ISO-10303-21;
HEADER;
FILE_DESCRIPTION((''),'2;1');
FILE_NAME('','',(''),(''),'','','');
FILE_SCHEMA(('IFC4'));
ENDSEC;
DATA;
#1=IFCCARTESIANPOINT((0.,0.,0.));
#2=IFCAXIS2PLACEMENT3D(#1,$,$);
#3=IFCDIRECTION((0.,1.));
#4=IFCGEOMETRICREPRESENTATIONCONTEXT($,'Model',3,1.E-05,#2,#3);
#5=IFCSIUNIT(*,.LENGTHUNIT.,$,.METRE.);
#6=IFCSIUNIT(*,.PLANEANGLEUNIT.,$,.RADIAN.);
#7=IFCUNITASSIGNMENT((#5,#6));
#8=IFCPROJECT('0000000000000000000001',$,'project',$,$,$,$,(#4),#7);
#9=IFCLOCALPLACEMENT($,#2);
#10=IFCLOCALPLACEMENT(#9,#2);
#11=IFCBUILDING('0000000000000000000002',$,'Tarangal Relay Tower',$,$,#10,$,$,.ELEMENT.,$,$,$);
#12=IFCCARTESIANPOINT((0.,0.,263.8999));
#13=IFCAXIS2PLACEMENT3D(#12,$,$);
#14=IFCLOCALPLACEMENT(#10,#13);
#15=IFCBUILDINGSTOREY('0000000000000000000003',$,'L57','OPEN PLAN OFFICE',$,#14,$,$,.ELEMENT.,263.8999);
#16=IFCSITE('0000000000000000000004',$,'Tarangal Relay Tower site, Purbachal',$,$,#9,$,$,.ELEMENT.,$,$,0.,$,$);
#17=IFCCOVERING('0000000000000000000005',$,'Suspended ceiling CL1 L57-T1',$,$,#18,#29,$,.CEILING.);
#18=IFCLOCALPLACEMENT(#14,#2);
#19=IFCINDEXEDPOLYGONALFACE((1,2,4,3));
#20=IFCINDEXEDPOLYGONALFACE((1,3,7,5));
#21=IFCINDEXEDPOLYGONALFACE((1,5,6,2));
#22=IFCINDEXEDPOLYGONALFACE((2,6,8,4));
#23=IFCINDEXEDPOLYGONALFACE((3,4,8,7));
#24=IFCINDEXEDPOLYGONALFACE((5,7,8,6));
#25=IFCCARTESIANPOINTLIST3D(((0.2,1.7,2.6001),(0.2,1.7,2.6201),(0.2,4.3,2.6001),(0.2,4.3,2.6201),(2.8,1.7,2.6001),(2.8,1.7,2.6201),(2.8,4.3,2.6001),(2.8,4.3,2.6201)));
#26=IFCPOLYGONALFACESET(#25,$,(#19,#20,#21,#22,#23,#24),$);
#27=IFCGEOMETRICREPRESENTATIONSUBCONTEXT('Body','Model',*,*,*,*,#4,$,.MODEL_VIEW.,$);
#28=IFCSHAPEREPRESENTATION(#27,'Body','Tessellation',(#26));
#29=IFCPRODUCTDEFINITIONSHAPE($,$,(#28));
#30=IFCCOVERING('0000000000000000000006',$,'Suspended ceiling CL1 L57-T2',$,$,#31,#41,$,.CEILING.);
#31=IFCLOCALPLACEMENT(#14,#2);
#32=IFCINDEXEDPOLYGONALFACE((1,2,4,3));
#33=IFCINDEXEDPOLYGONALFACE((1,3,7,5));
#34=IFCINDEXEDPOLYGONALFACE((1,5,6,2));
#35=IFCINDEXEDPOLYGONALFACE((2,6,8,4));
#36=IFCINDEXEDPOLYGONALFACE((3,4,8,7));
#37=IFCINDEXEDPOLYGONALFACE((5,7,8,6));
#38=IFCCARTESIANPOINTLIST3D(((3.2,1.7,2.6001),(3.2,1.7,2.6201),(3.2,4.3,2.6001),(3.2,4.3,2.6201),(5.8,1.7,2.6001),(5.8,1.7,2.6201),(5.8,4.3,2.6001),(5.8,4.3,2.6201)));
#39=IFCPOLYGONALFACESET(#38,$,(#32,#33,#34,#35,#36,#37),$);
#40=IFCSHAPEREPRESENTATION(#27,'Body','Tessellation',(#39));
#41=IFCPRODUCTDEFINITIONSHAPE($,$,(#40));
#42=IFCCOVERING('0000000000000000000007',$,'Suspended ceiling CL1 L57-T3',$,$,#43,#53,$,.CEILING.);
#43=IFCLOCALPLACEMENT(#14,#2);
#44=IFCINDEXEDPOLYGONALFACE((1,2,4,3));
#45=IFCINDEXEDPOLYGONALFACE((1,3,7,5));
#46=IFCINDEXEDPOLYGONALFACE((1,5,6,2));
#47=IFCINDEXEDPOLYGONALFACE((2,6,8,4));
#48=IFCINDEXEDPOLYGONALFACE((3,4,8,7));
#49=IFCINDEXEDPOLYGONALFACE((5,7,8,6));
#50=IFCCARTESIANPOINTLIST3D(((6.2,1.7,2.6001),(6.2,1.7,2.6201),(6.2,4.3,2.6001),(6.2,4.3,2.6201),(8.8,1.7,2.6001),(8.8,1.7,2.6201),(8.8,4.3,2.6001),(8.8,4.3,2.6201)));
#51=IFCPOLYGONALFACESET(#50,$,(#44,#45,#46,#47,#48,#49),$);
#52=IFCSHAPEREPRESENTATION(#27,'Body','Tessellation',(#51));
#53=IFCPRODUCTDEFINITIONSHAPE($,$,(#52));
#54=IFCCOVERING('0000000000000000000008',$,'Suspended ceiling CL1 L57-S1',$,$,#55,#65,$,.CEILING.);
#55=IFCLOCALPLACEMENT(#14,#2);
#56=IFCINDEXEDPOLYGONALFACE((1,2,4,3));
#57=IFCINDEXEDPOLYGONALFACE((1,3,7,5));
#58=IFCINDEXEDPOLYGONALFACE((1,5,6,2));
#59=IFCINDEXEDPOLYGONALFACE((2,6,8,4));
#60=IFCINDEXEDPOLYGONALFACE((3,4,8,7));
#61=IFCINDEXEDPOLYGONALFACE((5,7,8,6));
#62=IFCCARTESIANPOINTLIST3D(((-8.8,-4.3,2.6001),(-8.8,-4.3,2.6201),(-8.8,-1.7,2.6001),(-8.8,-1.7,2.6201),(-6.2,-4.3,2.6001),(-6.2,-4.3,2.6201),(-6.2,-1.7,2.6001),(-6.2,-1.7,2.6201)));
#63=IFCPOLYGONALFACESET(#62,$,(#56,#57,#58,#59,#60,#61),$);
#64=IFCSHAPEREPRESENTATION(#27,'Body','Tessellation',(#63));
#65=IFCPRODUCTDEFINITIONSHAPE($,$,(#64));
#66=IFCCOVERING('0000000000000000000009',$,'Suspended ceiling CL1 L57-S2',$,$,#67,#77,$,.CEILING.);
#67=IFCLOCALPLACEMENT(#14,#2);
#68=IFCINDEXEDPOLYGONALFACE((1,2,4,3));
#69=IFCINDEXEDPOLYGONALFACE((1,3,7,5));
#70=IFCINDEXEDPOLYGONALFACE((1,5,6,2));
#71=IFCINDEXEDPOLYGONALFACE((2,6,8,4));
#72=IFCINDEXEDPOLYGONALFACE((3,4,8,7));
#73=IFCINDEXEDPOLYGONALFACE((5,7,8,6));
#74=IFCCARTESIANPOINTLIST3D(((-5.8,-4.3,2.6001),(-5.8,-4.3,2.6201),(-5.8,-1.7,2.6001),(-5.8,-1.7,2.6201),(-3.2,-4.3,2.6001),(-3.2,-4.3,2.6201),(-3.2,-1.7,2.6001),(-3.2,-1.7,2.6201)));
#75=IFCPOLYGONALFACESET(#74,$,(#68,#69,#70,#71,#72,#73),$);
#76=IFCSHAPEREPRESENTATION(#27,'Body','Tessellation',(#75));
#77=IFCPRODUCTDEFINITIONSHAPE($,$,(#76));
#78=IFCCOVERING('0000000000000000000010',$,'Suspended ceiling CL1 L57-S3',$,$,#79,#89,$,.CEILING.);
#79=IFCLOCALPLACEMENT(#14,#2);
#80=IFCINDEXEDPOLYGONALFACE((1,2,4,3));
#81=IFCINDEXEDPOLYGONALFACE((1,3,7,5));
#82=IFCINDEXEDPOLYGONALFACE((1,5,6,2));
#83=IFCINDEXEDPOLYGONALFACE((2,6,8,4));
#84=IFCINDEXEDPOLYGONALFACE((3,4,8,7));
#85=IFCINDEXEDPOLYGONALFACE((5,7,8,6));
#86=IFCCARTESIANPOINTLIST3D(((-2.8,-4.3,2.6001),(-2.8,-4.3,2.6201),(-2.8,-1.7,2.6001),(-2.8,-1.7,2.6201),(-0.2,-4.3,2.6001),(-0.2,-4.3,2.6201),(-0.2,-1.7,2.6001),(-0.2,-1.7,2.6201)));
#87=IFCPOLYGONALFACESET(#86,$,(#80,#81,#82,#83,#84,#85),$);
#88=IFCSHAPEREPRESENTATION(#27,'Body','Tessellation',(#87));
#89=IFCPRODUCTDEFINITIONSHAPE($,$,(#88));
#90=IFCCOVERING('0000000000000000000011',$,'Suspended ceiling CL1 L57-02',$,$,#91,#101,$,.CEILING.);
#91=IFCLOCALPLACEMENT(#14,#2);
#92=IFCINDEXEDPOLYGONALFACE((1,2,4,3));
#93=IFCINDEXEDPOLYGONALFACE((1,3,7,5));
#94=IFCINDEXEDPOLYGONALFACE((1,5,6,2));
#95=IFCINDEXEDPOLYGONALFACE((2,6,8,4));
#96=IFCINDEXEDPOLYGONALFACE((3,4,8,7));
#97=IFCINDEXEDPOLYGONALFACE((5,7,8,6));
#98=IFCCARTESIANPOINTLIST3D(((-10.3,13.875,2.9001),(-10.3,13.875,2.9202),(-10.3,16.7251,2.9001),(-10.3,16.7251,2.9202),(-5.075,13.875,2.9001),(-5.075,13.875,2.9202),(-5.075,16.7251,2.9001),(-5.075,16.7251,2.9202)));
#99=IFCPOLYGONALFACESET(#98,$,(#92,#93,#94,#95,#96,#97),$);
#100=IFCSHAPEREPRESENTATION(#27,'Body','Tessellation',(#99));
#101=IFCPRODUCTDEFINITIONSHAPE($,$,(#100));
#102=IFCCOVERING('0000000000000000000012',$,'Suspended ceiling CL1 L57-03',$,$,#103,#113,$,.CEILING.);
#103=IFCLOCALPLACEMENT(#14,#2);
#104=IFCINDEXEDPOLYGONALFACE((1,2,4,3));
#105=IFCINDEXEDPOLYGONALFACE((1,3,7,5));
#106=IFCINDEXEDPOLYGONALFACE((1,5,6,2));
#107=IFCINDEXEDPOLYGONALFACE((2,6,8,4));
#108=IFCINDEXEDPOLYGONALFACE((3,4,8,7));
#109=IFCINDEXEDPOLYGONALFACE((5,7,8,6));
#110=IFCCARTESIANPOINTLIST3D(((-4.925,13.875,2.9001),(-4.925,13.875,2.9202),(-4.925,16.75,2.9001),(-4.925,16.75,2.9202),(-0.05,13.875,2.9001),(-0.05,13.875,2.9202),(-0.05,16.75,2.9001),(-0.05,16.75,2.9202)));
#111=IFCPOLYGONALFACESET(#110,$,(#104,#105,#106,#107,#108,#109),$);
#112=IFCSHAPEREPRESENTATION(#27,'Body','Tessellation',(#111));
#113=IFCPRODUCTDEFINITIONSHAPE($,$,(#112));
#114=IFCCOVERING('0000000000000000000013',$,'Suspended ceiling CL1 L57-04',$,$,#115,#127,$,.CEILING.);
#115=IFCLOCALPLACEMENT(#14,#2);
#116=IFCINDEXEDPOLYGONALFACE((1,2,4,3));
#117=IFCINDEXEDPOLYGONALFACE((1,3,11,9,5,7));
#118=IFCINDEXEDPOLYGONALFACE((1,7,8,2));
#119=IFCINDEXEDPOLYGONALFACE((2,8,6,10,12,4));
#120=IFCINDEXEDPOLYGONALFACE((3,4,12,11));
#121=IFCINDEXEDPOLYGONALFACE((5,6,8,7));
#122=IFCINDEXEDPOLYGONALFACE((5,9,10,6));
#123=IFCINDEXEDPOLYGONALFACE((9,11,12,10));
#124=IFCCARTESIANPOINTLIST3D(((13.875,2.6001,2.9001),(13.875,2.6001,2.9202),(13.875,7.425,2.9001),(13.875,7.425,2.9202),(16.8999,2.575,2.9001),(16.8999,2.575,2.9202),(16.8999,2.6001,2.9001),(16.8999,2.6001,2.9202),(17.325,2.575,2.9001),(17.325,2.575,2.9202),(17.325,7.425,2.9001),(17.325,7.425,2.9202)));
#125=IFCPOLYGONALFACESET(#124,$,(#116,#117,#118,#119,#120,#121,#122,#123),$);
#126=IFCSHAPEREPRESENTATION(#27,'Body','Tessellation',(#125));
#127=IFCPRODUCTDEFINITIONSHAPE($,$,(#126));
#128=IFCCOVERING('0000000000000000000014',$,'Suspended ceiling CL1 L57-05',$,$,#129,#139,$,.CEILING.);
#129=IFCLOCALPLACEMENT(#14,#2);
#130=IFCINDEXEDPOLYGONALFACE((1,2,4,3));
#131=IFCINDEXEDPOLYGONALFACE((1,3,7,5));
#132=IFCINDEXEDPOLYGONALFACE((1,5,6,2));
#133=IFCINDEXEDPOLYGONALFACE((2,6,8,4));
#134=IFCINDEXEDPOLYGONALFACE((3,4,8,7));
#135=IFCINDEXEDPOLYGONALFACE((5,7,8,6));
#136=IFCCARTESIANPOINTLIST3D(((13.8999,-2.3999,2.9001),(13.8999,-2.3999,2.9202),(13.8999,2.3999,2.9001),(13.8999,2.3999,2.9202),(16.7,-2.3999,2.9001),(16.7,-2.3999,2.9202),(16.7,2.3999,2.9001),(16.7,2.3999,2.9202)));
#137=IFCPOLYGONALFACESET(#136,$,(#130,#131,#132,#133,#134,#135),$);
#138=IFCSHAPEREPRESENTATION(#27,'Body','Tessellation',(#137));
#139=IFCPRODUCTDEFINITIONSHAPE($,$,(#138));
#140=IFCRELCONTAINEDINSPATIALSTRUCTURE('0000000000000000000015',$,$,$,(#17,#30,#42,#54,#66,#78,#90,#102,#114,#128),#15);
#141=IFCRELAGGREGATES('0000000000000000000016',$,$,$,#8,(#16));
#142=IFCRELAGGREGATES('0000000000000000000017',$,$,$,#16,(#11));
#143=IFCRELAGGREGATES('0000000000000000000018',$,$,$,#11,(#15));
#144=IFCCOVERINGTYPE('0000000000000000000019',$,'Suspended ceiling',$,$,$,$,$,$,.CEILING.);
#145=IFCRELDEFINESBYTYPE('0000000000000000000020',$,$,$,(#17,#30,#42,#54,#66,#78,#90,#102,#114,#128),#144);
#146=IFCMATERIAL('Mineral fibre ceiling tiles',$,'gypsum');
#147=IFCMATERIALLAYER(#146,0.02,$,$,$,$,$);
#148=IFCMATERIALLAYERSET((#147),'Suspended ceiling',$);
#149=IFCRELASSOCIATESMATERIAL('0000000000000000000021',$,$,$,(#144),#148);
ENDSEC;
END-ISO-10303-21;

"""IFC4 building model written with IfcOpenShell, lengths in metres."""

from ifc_helpers import new_model, si_unit, direction, frame, origin, place, context, subcontext, project, spatial, polyline, outline, extrude, material, layer, layer_set, type_object, element, save


model = new_model("IFC4")

# Units and contexts
model_context = context("Model", 3, precision=1e-05, world=origin(), true_north=direction((0.0, 1.0)))
body_context = subcontext(model_context, "Body", "Model", "MODEL_VIEW")
ifc_project = project(units=[si_unit("LENGTHUNIT", "METRE"), si_unit("PLANEANGLEUNIT", "RADIAN")], contexts=[model_context])

# Site, building, storey
site_placement = place(None, origin())
site = spatial("IfcSite", under=ifc_project, at=site_placement, Name="Tarangal Relay Tower site, Purbachal", CompositionType="ELEMENT", RefElevation=0.0)
building_placement = place(site_placement, origin())
building = spatial("IfcBuilding", under=site, at=building_placement, Name="Tarangal Relay Tower", CompositionType="ELEMENT")
storey_placement = place(building_placement, frame((0.0, 0.0, 263.8999)))
storey = spatial("IfcBuildingStorey", under=building, at=storey_placement, Name="L57", Description="OPEN PLAN OFFICE", CompositionType="ELEMENT", Elevation=263.8999)

# Coverings
ifc_material_1 = material(Name="Mineral fibre ceiling tiles", Category="gypsum")
ifc_layer_1 = layer(ifc_material_1, 0.02)
ifc_layer_set_1 = layer_set([ifc_layer_1], Name="Suspended ceiling")
covering_type_1 = type_object("IfcCoveringType", Name="Suspended ceiling", PredefinedType="CEILING", material=ifc_layer_set_1)
covering_1_placement = place(storey_placement, frame((0.0, 0.0, 2.6001)))
element("IfcCovering", 1, at=covering_1_placement, inside=storey, type_object=covering_type_1, Name="Suspended ceiling CL1 L57-T1", PredefinedType="CEILING", context=body_context, shape_type="SweptSolid", body=[
    extrude(outline(polyline([(0.2, 1.7), (2.8, 1.7), (2.8, 4.3), (0.2, 4.3), (0.2, 1.7)])), origin(), (0.0, 0.0, 1.0), 0.02),
])
covering_2_placement = place(storey_placement, frame((0.0, 0.0, 2.6001)))
element("IfcCovering", 2, at=covering_2_placement, inside=storey, type_object=covering_type_1, Name="Suspended ceiling CL1 L57-T2", PredefinedType="CEILING", context=body_context, shape_type="SweptSolid", body=[
    extrude(outline(polyline([(3.2, 1.7), (5.8, 1.7), (5.8, 4.3), (3.2, 4.3), (3.2, 1.7)])), origin(), (0.0, 0.0, 1.0), 0.02),
])
covering_3_placement = place(storey_placement, frame((0.0, 0.0, 2.6001)))
element("IfcCovering", 3, at=covering_3_placement, inside=storey, type_object=covering_type_1, Name="Suspended ceiling CL1 L57-T3", PredefinedType="CEILING", context=body_context, shape_type="SweptSolid", body=[
    extrude(outline(polyline([(6.2, 1.7), (8.8, 1.7), (8.8, 4.3), (6.2, 4.3), (6.2, 1.7)])), origin(), (0.0, 0.0, 1.0), 0.02),
])
covering_4_placement = place(storey_placement, frame((0.0, 0.0, 2.6001)))
element("IfcCovering", 4, at=covering_4_placement, inside=storey, type_object=covering_type_1, Name="Suspended ceiling CL1 L57-S1", PredefinedType="CEILING", context=body_context, shape_type="SweptSolid", body=[
    extrude(outline(polyline([(-8.8, -4.3), (-6.2, -4.3), (-6.2, -1.7), (-8.8, -1.7), (-8.8, -4.3)])), origin(), (0.0, 0.0, 1.0), 0.02),
])
covering_5_placement = place(storey_placement, frame((0.0, 0.0, 2.6001)))
element("IfcCovering", 5, at=covering_5_placement, inside=storey, type_object=covering_type_1, Name="Suspended ceiling CL1 L57-S2", PredefinedType="CEILING", context=body_context, shape_type="SweptSolid", body=[
    extrude(outline(polyline([(-5.8, -4.3), (-3.2, -4.3), (-3.2, -1.7), (-5.8, -1.7), (-5.8, -4.3)])), origin(), (0.0, 0.0, 1.0), 0.02),
])
covering_6_placement = place(storey_placement, frame((0.0, 0.0, 2.6001)))
element("IfcCovering", 6, at=covering_6_placement, inside=storey, type_object=covering_type_1, Name="Suspended ceiling CL1 L57-S3", PredefinedType="CEILING", context=body_context, shape_type="SweptSolid", body=[
    extrude(outline(polyline([(-2.8, -4.3), (-0.2, -4.3), (-0.2, -1.7), (-2.8, -1.7), (-2.8, -4.3)])), origin(), (0.0, 0.0, 1.0), 0.02),
])
covering_7_placement = place(storey_placement, frame((0.0, 0.0, 2.9001)))
element("IfcCovering", 7, at=covering_7_placement, inside=storey, type_object=covering_type_1, Name="Suspended ceiling CL1 L57-02", PredefinedType="CEILING", context=body_context, shape_type="SweptSolid", body=[
    extrude(outline(polyline([(-10.3, 16.7251), (-10.3, 13.875), (-5.075, 13.875), (-5.075, 16.7251), (-10.3, 16.7251)])), origin(), (0.0, 0.0, 1.0), 0.02),
])
covering_8_placement = place(storey_placement, frame((0.0, 0.0, 2.9001)))
element("IfcCovering", 8, at=covering_8_placement, inside=storey, type_object=covering_type_1, Name="Suspended ceiling CL1 L57-03", PredefinedType="CEILING", context=body_context, shape_type="SweptSolid", body=[
    extrude(outline(polyline([(-4.925, 16.75), (-4.925, 13.875), (-0.05, 13.875), (-0.05, 16.75), (-4.925, 16.75)])), origin(), (0.0, 0.0, 1.0), 0.02),
])
covering_9_placement = place(storey_placement, frame((0.0, 0.0, 2.9001)))
element("IfcCovering", 9, at=covering_9_placement, inside=storey, type_object=covering_type_1, Name="Suspended ceiling CL1 L57-04", PredefinedType="CEILING", context=body_context, shape_type="SweptSolid", body=[
    extrude(outline(polyline([(16.8999, 2.575), (17.325, 2.575), (17.325, 7.425), (13.875, 7.425), (13.875, 2.6001), (16.8999, 2.6001), (16.8999, 2.575)])), origin(), (0.0, 0.0, 1.0), 0.02),
])
covering_10_placement = place(storey_placement, frame((0.0, 0.0, 2.9001)))
element("IfcCovering", 10, at=covering_10_placement, inside=storey, type_object=covering_type_1, Name="Suspended ceiling CL1 L57-05", PredefinedType="CEILING", context=body_context, shape_type="SweptSolid", body=[
    extrude(outline(polyline([(16.7, -2.3999), (16.7, 2.3999), (13.8999, 2.3999), (13.8999, -2.3999), (16.7, -2.3999)])), origin(), (0.0, 0.0, 1.0), 0.02),
])

save(model, "model.ifc")
